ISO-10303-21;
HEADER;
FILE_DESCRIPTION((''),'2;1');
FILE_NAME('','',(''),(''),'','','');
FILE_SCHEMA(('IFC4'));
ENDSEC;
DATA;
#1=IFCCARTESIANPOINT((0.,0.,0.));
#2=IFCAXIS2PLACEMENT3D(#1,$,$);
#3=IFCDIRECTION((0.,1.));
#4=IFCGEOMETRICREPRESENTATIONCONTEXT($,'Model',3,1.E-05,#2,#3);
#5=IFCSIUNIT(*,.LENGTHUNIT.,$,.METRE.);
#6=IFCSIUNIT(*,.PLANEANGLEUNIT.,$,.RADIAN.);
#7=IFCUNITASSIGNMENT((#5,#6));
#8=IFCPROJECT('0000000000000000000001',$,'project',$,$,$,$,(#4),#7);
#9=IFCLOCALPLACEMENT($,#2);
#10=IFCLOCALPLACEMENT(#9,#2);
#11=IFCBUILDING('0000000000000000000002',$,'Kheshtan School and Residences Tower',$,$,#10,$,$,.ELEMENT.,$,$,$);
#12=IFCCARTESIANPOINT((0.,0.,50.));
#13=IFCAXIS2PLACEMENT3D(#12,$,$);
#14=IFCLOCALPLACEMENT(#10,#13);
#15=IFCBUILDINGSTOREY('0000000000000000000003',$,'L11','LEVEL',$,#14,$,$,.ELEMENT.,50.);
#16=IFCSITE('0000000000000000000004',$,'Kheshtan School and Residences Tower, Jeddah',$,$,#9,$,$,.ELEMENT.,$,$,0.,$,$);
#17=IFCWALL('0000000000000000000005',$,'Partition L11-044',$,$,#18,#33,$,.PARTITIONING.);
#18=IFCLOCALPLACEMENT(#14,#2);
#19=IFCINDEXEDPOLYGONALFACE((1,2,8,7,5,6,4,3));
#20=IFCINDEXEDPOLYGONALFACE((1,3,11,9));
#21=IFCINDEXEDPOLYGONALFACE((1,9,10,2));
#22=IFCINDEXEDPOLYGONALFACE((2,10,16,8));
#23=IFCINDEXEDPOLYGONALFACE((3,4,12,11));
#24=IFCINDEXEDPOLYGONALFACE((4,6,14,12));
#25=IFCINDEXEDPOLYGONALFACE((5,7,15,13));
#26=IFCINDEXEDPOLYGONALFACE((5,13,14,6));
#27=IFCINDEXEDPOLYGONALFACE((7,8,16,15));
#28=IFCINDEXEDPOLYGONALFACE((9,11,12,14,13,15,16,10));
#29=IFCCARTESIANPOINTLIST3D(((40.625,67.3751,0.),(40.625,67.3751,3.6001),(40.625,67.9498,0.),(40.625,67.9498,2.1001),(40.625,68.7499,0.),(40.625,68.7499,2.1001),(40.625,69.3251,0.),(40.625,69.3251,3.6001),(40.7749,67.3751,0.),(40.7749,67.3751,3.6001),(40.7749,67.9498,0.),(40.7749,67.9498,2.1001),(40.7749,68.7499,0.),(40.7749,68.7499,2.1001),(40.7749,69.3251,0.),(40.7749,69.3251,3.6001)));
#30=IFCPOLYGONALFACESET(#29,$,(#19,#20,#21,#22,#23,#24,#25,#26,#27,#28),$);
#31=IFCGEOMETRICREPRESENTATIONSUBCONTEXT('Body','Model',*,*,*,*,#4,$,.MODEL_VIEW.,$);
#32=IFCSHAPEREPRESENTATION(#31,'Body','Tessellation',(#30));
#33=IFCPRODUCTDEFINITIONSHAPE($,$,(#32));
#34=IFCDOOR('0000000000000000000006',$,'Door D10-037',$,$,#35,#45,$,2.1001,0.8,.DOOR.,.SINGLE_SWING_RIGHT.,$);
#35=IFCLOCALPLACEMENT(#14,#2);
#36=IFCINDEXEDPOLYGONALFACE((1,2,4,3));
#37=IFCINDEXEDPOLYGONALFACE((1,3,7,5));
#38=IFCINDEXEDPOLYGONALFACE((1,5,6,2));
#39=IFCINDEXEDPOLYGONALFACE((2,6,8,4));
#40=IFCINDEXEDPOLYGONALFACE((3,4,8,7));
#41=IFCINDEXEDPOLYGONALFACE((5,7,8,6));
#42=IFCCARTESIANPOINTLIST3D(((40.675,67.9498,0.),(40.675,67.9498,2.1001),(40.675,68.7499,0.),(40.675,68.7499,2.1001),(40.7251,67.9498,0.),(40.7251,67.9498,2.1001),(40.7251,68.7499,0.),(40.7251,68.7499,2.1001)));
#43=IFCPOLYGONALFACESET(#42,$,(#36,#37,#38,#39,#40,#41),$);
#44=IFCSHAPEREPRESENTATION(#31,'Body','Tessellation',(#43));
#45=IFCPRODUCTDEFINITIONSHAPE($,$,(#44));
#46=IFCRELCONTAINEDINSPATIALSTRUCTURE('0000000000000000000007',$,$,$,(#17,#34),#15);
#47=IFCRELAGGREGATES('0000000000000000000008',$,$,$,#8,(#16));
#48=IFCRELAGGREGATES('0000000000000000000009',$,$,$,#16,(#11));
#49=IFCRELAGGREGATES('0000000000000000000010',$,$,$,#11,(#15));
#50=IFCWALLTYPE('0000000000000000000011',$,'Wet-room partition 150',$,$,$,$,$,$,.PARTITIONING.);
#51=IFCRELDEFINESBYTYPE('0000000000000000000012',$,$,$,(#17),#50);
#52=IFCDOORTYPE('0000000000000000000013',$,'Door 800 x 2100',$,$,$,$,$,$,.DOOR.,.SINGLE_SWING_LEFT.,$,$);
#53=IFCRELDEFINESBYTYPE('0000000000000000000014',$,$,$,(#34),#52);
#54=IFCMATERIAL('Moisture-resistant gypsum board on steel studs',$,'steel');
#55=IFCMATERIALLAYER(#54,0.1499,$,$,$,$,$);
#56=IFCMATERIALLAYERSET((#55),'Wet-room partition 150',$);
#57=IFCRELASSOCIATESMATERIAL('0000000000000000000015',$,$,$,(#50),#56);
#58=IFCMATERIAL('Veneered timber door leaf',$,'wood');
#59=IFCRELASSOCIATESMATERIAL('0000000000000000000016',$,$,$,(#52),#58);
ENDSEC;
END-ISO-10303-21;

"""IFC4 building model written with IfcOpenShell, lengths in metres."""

from ifc_helpers import new_model, si_unit, direction, frame, frame_2d, origin, place, context, subcontext, project, spatial, rectangle, extrude, source, transform, mapped, material, layer, layer_set, type_object, element, fill, save


model = new_model("IFC4")

# Units and contexts
model_context = context("Model", 3, precision=1e-05, world=origin(), true_north=direction((0.0, 1.0)))
body_context = subcontext(model_context, "Body", "Model", "MODEL_VIEW")
ifc_project = project(units=[si_unit("LENGTHUNIT", "METRE"), si_unit("PLANEANGLEUNIT", "RADIAN")], contexts=[model_context])

# Site, building, storey
site_placement = place(None, origin())
site = spatial("IfcSite", under=ifc_project, at=site_placement, Name="Kheshtan School and Residences Tower, Jeddah", CompositionType="ELEMENT", RefElevation=0.0)
building_placement = place(site_placement, origin())
building = spatial("IfcBuilding", under=site, at=building_placement, Name="Kheshtan School and Residences Tower", CompositionType="ELEMENT")
storey_placement = place(building_placement, frame((0.0, 0.0, 50.0)))
storey = spatial("IfcBuildingStorey", under=building, at=storey_placement, Name="L11", Description="LEVEL", CompositionType="ELEMENT", Elevation=50.0)

# Wall, opening, door
ifc_material_1 = material(Name="Moisture-resistant gypsum board on steel studs", Category="steel")
ifc_layer_1 = layer(ifc_material_1, 0.1499)
ifc_layer_set_1 = layer_set([ifc_layer_1], Name="Wet-room partition 150")
wall_type_1 = type_object("IfcWallType", Name="Wet-room partition 150", PredefinedType="PARTITIONING", material=ifc_layer_set_1)
wall_1_placement = place(storey_placement, frame((40.7, 67.375, 0.0), z_axis=(0.0, 0.0, 1.0), x_axis=(0.0, 1.0, 0.0)))
wall_1 = element("IfcWall", 1, at=wall_1_placement, inside=storey, type_object=wall_type_1, Name="Partition L11-044", PredefinedType="PARTITIONING", context=body_context, shape_type="SweptSolid", body=[
    extrude(rectangle(XDim=1.95, YDim=0.1499, at=frame_2d((0.9751, 0.0))), origin(), (0.0, 0.0, 1.0), 3.6001),
])
opening_1_placement = place(wall_1_placement, frame((0.575, 0.0, 0.0)))
opening_1 = element("IfcOpeningElement", 2, at=opening_1_placement, cuts=wall_1, PredefinedType="OPENING", context=body_context, shape_type="SweptSolid", body=[
    extrude(rectangle(XDim=0.8, YDim=2.1001, at=frame_2d((0.3999, 1.05))), frame((0.0, 0.085, 0.0), z_axis=(0.0, -1.0, 0.0), x_axis=(1.0, 0.0, 0.0)), (0.0, 0.0, 1.0), 0.1699),
])
ifc_material_2 = material(Name="Veneered timber door leaf", Category="wood")
door_type_1 = type_object("IfcDoorType", Name="Door 800 x 2100", OperationType="SINGLE_SWING_LEFT", PredefinedType="DOOR", material=ifc_material_2)
shared_shape_1 = source(origin(), body_context, "Body", "SweptSolid", [
    extrude(rectangle(XDim=0.8, YDim=2.1001, at=frame_2d((0.3999, 1.05))), frame((0.0, 0.0249, 0.0), z_axis=(0.0, -1.0, 0.0), x_axis=(1.0, 0.0, 0.0)), (0.0, 0.0, 1.0), 0.05),
])
door_1_placement = place(opening_1_placement, origin())
door_1 = element("IfcDoor", 3, at=door_1_placement, inside=storey, type_object=door_type_1, Name="Door D10-037", OperationType="SINGLE_SWING_RIGHT", OverallHeight=2.1001, OverallWidth=0.8, PredefinedType="DOOR", context=body_context, shape_type="MappedRepresentation", body=[
    mapped(shared_shape_1, transform((0.0, 0.0, 0.0), x_axis=(1.0, 0.0, 0.0), y_axis=(0.0, 1.0, 0.0), z_axis=(0.0, 0.0, 1.0), scale=1.0)),
])
fill(opening_1, door_1)

save(model, "model.ifc")
